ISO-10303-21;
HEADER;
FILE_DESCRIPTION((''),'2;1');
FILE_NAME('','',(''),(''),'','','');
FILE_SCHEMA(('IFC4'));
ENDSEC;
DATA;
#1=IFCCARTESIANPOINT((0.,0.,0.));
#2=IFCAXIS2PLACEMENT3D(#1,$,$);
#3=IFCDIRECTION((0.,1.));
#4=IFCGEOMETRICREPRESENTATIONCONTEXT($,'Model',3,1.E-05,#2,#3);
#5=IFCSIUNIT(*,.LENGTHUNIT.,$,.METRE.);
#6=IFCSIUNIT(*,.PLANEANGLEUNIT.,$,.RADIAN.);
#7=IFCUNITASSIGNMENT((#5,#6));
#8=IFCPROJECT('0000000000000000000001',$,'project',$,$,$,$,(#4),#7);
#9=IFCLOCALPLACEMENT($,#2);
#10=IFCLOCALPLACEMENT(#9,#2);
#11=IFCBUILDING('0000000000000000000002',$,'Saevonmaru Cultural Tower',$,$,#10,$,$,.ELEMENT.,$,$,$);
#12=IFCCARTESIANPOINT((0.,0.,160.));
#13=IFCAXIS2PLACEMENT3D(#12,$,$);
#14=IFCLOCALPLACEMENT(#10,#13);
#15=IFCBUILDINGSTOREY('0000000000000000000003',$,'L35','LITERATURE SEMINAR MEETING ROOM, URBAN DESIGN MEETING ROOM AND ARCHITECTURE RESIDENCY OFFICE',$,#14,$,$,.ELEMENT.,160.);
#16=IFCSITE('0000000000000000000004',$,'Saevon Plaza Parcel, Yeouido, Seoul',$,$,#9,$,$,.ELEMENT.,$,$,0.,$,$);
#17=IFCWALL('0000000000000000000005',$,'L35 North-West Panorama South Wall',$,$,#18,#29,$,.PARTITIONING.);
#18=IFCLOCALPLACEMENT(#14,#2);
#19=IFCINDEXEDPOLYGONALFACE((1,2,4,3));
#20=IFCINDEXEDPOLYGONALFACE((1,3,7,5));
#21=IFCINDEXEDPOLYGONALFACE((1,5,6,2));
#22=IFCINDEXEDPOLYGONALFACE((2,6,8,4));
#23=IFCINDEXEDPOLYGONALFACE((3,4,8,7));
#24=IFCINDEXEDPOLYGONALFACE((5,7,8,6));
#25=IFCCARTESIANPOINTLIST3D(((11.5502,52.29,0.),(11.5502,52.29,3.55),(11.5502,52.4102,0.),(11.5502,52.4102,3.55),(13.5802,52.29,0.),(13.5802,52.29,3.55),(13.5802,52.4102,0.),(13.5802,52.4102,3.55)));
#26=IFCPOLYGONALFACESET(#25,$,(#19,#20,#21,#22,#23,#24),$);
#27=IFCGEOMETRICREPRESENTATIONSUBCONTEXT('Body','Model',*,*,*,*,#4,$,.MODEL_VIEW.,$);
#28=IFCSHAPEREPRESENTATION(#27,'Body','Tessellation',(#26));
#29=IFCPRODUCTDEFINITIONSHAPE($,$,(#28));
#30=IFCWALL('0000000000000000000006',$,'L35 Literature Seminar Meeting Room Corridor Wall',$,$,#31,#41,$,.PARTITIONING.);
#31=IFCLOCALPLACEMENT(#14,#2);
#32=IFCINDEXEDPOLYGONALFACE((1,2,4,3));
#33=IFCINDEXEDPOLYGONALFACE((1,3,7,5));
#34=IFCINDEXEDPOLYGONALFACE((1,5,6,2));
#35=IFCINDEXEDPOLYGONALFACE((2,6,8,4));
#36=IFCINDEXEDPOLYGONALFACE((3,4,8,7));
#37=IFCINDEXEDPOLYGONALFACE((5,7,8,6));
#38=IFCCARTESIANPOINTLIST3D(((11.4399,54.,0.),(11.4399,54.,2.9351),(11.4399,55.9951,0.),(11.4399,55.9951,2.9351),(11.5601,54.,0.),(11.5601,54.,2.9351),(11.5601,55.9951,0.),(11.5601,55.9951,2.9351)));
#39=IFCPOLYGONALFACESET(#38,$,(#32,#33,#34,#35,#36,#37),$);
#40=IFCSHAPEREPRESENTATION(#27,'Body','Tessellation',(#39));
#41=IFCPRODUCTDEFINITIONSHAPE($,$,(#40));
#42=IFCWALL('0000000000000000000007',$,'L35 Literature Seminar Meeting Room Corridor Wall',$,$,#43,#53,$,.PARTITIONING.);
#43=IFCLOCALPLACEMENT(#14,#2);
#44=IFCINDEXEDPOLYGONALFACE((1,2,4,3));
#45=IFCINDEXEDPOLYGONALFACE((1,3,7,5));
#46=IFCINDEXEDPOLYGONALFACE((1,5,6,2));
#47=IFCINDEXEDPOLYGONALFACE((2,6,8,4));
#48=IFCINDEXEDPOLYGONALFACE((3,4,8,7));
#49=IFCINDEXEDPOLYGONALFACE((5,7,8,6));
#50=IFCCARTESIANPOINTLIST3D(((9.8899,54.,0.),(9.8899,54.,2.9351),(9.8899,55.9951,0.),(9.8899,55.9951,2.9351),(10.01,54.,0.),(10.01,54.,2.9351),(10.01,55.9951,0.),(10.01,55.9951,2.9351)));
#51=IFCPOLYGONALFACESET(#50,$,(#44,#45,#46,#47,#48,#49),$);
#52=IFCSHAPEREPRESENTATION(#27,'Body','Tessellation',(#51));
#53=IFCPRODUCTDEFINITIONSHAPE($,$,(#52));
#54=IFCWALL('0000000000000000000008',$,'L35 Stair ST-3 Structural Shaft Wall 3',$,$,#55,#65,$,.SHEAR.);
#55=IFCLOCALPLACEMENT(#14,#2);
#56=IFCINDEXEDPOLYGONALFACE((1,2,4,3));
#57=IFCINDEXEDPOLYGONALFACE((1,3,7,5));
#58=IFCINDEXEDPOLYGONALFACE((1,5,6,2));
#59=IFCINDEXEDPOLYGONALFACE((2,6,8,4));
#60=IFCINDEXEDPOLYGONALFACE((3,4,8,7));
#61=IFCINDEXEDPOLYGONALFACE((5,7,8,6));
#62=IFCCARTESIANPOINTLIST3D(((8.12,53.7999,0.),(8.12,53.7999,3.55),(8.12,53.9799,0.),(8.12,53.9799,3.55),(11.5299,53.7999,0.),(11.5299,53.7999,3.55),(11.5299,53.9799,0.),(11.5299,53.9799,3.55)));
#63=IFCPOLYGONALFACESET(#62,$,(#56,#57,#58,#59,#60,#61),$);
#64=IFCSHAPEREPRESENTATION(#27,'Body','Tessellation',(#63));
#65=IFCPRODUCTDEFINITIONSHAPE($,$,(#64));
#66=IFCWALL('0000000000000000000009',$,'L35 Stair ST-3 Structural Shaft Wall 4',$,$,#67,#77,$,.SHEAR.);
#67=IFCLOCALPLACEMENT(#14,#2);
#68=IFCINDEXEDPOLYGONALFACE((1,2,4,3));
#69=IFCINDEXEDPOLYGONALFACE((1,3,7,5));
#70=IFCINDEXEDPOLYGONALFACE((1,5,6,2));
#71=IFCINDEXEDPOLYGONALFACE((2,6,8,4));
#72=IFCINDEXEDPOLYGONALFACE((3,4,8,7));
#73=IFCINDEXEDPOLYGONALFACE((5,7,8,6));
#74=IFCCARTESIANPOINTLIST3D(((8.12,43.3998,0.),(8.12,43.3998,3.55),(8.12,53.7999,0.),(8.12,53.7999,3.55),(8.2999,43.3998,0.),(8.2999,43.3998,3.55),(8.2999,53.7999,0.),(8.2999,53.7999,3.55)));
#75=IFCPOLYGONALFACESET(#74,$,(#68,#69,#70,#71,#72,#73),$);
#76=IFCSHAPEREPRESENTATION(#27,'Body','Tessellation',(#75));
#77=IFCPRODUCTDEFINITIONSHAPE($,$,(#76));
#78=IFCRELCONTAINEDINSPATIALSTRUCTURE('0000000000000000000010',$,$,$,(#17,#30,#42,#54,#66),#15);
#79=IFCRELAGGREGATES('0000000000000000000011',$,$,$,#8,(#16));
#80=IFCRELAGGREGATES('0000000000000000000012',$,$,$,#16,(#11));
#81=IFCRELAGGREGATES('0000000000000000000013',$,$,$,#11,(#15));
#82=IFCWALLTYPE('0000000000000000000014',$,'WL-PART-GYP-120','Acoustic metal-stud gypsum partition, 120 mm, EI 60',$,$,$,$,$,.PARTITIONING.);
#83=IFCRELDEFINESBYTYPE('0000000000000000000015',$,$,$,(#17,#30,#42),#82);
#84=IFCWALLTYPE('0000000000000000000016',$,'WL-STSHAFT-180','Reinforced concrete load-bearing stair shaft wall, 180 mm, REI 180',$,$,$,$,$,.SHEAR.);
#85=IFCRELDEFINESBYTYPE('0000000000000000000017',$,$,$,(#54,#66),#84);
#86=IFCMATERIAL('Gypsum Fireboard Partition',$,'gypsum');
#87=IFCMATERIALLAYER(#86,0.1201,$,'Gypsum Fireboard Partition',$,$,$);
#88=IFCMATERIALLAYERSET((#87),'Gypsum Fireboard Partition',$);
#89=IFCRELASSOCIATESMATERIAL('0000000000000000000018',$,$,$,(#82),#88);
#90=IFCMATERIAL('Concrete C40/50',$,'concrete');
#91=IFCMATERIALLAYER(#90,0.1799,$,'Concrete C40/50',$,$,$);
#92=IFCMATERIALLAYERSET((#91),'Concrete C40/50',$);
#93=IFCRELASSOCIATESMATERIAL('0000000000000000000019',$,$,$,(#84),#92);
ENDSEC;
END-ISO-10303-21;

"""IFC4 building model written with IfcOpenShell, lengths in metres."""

from ifc_helpers import new_model, si_unit, direction, frame, frame_2d, origin, place, context, subcontext, project, spatial, rectangle, extrude, material, layer, layer_set, type_object, element, save


model = new_model("IFC4")

# Units and contexts
model_context = context("Model", 3, precision=1e-05, world=origin(), true_north=direction((0.0, 1.0)))
body_context = subcontext(model_context, "Body", "Model", "MODEL_VIEW")
ifc_project = project(units=[si_unit("LENGTHUNIT", "METRE"), si_unit("PLANEANGLEUNIT", "RADIAN")], contexts=[model_context])

# Site, building, storey
site_placement = place(None, origin())
site = spatial("IfcSite", under=ifc_project, at=site_placement, Name="Saevon Plaza Parcel, Yeouido, Seoul", CompositionType="ELEMENT", RefElevation=0.0)
building_placement = place(site_placement, origin())
building = spatial("IfcBuilding", under=site, at=building_placement, Name="Saevonmaru Cultural Tower", CompositionType="ELEMENT")
storey_placement = place(building_placement, frame((0.0, 0.0, 160.0)))
storey = spatial("IfcBuildingStorey", under=building, at=storey_placement, Name="L35", Description="LITERATURE SEMINAR MEETING ROOM, URBAN DESIGN MEETING ROOM AND ARCHITECTURE RESIDENCY OFFICE", CompositionType="ELEMENT", Elevation=160.0)

# Walls
ifc_material_1 = material(Name="Gypsum Fireboard Partition", Category="gypsum")
ifc_layer_1 = layer(ifc_material_1, 0.1201, Name="Gypsum Fireboard Partition")
ifc_layer_set_1 = layer_set([ifc_layer_1], Name="Gypsum Fireboard Partition")
wall_type_1 = type_object("IfcWallType", Name="WL-PART-GYP-120", Description="Acoustic metal-stud gypsum partition, 120 mm, EI 60", PredefinedType="PARTITIONING", material=ifc_layer_set_1)
wall_1_placement = place(storey_placement, frame((11.55, 52.3501, 0.0), z_axis=(0.0, 0.0, 1.0), x_axis=(1.0, 0.0, 0.0)))
element("IfcWall", 1, at=wall_1_placement, inside=storey, type_object=wall_type_1, Name="L35 North-West Panorama South Wall", PredefinedType="PARTITIONING", context=body_context, shape_type="SweptSolid", body=[
    extrude(rectangle(XDim=2.03, YDim=0.1201, at=frame_2d((1.0151, 0.0))), origin(), (0.0, 0.0, 1.0), 3.55),
])
for number, where, z_axis, x_axis, name in (
    (2, (11.5, 54.0, 0.0), (0.0, 0.0, 1.0), (0.0, 1.0, 0.0), "L35 Literature Seminar Meeting Room Corridor Wall"),
    (3, (9.95, 54.0, 0.0), (0.0, 0.0, 1.0), (0.0, 1.0, 0.0), "L35 Literature Seminar Meeting Room Corridor Wall"),
):
    element("IfcWall", number, at=place(storey_placement, frame(where, z_axis=z_axis, x_axis=x_axis)), inside=storey, type_object=wall_type_1, Name=name, PredefinedType="PARTITIONING", context=body_context, shape_type="SweptSolid", body=[
        extrude(rectangle(XDim=1.9951, YDim=0.1201, at=frame_2d((0.9976, 0.0))), origin(), (0.0, 0.0, 1.0), 2.9351),
    ])
ifc_material_2 = material(Name="Concrete C40/50", Category="concrete")
ifc_layer_2 = layer(ifc_material_2, 0.1799, Name="Concrete C40/50")
ifc_layer_set_2 = layer_set([ifc_layer_2], Name="Concrete C40/50")
wall_type_2 = type_object("IfcWallType", Name="WL-STSHAFT-180", Description="Reinforced concrete load-bearing stair shaft wall, 180 mm, REI 180", PredefinedType="SHEAR", material=ifc_layer_set_2)
wall_2_placement = place(storey_placement, frame((11.53, 53.8899, 0.0), z_axis=(0.0, 0.0, 1.0), x_axis=(-1.0, 0.0, 0.0)))
element("IfcWall", 4, at=wall_2_placement, inside=storey, type_object=wall_type_2, Name="L35 Stair ST-3 Structural Shaft Wall 3", PredefinedType="SHEAR", context=body_context, shape_type="SweptSolid", body=[
    extrude(rectangle(XDim=3.4099, YDim=0.1799, at=frame_2d((1.7051, 0.0))), origin(), (0.0, 0.0, 1.0), 3.55),
])
wall_3_placement = place(storey_placement, frame((8.21, 53.8, 0.0), z_axis=(0.0, 0.0, 1.0), x_axis=(0.0, -1.0, 0.0)))
element("IfcWall", 5, at=wall_3_placement, inside=storey, type_object=wall_type_2, Name="L35 Stair ST-3 Structural Shaft Wall 4", PredefinedType="SHEAR", context=body_context, shape_type="SweptSolid", body=[
    extrude(rectangle(XDim=10.4001, YDim=0.1799, at=frame_2d((5.2002, 0.0))), origin(), (0.0, 0.0, 1.0), 3.55),
])

save(model, "model.ifc")
